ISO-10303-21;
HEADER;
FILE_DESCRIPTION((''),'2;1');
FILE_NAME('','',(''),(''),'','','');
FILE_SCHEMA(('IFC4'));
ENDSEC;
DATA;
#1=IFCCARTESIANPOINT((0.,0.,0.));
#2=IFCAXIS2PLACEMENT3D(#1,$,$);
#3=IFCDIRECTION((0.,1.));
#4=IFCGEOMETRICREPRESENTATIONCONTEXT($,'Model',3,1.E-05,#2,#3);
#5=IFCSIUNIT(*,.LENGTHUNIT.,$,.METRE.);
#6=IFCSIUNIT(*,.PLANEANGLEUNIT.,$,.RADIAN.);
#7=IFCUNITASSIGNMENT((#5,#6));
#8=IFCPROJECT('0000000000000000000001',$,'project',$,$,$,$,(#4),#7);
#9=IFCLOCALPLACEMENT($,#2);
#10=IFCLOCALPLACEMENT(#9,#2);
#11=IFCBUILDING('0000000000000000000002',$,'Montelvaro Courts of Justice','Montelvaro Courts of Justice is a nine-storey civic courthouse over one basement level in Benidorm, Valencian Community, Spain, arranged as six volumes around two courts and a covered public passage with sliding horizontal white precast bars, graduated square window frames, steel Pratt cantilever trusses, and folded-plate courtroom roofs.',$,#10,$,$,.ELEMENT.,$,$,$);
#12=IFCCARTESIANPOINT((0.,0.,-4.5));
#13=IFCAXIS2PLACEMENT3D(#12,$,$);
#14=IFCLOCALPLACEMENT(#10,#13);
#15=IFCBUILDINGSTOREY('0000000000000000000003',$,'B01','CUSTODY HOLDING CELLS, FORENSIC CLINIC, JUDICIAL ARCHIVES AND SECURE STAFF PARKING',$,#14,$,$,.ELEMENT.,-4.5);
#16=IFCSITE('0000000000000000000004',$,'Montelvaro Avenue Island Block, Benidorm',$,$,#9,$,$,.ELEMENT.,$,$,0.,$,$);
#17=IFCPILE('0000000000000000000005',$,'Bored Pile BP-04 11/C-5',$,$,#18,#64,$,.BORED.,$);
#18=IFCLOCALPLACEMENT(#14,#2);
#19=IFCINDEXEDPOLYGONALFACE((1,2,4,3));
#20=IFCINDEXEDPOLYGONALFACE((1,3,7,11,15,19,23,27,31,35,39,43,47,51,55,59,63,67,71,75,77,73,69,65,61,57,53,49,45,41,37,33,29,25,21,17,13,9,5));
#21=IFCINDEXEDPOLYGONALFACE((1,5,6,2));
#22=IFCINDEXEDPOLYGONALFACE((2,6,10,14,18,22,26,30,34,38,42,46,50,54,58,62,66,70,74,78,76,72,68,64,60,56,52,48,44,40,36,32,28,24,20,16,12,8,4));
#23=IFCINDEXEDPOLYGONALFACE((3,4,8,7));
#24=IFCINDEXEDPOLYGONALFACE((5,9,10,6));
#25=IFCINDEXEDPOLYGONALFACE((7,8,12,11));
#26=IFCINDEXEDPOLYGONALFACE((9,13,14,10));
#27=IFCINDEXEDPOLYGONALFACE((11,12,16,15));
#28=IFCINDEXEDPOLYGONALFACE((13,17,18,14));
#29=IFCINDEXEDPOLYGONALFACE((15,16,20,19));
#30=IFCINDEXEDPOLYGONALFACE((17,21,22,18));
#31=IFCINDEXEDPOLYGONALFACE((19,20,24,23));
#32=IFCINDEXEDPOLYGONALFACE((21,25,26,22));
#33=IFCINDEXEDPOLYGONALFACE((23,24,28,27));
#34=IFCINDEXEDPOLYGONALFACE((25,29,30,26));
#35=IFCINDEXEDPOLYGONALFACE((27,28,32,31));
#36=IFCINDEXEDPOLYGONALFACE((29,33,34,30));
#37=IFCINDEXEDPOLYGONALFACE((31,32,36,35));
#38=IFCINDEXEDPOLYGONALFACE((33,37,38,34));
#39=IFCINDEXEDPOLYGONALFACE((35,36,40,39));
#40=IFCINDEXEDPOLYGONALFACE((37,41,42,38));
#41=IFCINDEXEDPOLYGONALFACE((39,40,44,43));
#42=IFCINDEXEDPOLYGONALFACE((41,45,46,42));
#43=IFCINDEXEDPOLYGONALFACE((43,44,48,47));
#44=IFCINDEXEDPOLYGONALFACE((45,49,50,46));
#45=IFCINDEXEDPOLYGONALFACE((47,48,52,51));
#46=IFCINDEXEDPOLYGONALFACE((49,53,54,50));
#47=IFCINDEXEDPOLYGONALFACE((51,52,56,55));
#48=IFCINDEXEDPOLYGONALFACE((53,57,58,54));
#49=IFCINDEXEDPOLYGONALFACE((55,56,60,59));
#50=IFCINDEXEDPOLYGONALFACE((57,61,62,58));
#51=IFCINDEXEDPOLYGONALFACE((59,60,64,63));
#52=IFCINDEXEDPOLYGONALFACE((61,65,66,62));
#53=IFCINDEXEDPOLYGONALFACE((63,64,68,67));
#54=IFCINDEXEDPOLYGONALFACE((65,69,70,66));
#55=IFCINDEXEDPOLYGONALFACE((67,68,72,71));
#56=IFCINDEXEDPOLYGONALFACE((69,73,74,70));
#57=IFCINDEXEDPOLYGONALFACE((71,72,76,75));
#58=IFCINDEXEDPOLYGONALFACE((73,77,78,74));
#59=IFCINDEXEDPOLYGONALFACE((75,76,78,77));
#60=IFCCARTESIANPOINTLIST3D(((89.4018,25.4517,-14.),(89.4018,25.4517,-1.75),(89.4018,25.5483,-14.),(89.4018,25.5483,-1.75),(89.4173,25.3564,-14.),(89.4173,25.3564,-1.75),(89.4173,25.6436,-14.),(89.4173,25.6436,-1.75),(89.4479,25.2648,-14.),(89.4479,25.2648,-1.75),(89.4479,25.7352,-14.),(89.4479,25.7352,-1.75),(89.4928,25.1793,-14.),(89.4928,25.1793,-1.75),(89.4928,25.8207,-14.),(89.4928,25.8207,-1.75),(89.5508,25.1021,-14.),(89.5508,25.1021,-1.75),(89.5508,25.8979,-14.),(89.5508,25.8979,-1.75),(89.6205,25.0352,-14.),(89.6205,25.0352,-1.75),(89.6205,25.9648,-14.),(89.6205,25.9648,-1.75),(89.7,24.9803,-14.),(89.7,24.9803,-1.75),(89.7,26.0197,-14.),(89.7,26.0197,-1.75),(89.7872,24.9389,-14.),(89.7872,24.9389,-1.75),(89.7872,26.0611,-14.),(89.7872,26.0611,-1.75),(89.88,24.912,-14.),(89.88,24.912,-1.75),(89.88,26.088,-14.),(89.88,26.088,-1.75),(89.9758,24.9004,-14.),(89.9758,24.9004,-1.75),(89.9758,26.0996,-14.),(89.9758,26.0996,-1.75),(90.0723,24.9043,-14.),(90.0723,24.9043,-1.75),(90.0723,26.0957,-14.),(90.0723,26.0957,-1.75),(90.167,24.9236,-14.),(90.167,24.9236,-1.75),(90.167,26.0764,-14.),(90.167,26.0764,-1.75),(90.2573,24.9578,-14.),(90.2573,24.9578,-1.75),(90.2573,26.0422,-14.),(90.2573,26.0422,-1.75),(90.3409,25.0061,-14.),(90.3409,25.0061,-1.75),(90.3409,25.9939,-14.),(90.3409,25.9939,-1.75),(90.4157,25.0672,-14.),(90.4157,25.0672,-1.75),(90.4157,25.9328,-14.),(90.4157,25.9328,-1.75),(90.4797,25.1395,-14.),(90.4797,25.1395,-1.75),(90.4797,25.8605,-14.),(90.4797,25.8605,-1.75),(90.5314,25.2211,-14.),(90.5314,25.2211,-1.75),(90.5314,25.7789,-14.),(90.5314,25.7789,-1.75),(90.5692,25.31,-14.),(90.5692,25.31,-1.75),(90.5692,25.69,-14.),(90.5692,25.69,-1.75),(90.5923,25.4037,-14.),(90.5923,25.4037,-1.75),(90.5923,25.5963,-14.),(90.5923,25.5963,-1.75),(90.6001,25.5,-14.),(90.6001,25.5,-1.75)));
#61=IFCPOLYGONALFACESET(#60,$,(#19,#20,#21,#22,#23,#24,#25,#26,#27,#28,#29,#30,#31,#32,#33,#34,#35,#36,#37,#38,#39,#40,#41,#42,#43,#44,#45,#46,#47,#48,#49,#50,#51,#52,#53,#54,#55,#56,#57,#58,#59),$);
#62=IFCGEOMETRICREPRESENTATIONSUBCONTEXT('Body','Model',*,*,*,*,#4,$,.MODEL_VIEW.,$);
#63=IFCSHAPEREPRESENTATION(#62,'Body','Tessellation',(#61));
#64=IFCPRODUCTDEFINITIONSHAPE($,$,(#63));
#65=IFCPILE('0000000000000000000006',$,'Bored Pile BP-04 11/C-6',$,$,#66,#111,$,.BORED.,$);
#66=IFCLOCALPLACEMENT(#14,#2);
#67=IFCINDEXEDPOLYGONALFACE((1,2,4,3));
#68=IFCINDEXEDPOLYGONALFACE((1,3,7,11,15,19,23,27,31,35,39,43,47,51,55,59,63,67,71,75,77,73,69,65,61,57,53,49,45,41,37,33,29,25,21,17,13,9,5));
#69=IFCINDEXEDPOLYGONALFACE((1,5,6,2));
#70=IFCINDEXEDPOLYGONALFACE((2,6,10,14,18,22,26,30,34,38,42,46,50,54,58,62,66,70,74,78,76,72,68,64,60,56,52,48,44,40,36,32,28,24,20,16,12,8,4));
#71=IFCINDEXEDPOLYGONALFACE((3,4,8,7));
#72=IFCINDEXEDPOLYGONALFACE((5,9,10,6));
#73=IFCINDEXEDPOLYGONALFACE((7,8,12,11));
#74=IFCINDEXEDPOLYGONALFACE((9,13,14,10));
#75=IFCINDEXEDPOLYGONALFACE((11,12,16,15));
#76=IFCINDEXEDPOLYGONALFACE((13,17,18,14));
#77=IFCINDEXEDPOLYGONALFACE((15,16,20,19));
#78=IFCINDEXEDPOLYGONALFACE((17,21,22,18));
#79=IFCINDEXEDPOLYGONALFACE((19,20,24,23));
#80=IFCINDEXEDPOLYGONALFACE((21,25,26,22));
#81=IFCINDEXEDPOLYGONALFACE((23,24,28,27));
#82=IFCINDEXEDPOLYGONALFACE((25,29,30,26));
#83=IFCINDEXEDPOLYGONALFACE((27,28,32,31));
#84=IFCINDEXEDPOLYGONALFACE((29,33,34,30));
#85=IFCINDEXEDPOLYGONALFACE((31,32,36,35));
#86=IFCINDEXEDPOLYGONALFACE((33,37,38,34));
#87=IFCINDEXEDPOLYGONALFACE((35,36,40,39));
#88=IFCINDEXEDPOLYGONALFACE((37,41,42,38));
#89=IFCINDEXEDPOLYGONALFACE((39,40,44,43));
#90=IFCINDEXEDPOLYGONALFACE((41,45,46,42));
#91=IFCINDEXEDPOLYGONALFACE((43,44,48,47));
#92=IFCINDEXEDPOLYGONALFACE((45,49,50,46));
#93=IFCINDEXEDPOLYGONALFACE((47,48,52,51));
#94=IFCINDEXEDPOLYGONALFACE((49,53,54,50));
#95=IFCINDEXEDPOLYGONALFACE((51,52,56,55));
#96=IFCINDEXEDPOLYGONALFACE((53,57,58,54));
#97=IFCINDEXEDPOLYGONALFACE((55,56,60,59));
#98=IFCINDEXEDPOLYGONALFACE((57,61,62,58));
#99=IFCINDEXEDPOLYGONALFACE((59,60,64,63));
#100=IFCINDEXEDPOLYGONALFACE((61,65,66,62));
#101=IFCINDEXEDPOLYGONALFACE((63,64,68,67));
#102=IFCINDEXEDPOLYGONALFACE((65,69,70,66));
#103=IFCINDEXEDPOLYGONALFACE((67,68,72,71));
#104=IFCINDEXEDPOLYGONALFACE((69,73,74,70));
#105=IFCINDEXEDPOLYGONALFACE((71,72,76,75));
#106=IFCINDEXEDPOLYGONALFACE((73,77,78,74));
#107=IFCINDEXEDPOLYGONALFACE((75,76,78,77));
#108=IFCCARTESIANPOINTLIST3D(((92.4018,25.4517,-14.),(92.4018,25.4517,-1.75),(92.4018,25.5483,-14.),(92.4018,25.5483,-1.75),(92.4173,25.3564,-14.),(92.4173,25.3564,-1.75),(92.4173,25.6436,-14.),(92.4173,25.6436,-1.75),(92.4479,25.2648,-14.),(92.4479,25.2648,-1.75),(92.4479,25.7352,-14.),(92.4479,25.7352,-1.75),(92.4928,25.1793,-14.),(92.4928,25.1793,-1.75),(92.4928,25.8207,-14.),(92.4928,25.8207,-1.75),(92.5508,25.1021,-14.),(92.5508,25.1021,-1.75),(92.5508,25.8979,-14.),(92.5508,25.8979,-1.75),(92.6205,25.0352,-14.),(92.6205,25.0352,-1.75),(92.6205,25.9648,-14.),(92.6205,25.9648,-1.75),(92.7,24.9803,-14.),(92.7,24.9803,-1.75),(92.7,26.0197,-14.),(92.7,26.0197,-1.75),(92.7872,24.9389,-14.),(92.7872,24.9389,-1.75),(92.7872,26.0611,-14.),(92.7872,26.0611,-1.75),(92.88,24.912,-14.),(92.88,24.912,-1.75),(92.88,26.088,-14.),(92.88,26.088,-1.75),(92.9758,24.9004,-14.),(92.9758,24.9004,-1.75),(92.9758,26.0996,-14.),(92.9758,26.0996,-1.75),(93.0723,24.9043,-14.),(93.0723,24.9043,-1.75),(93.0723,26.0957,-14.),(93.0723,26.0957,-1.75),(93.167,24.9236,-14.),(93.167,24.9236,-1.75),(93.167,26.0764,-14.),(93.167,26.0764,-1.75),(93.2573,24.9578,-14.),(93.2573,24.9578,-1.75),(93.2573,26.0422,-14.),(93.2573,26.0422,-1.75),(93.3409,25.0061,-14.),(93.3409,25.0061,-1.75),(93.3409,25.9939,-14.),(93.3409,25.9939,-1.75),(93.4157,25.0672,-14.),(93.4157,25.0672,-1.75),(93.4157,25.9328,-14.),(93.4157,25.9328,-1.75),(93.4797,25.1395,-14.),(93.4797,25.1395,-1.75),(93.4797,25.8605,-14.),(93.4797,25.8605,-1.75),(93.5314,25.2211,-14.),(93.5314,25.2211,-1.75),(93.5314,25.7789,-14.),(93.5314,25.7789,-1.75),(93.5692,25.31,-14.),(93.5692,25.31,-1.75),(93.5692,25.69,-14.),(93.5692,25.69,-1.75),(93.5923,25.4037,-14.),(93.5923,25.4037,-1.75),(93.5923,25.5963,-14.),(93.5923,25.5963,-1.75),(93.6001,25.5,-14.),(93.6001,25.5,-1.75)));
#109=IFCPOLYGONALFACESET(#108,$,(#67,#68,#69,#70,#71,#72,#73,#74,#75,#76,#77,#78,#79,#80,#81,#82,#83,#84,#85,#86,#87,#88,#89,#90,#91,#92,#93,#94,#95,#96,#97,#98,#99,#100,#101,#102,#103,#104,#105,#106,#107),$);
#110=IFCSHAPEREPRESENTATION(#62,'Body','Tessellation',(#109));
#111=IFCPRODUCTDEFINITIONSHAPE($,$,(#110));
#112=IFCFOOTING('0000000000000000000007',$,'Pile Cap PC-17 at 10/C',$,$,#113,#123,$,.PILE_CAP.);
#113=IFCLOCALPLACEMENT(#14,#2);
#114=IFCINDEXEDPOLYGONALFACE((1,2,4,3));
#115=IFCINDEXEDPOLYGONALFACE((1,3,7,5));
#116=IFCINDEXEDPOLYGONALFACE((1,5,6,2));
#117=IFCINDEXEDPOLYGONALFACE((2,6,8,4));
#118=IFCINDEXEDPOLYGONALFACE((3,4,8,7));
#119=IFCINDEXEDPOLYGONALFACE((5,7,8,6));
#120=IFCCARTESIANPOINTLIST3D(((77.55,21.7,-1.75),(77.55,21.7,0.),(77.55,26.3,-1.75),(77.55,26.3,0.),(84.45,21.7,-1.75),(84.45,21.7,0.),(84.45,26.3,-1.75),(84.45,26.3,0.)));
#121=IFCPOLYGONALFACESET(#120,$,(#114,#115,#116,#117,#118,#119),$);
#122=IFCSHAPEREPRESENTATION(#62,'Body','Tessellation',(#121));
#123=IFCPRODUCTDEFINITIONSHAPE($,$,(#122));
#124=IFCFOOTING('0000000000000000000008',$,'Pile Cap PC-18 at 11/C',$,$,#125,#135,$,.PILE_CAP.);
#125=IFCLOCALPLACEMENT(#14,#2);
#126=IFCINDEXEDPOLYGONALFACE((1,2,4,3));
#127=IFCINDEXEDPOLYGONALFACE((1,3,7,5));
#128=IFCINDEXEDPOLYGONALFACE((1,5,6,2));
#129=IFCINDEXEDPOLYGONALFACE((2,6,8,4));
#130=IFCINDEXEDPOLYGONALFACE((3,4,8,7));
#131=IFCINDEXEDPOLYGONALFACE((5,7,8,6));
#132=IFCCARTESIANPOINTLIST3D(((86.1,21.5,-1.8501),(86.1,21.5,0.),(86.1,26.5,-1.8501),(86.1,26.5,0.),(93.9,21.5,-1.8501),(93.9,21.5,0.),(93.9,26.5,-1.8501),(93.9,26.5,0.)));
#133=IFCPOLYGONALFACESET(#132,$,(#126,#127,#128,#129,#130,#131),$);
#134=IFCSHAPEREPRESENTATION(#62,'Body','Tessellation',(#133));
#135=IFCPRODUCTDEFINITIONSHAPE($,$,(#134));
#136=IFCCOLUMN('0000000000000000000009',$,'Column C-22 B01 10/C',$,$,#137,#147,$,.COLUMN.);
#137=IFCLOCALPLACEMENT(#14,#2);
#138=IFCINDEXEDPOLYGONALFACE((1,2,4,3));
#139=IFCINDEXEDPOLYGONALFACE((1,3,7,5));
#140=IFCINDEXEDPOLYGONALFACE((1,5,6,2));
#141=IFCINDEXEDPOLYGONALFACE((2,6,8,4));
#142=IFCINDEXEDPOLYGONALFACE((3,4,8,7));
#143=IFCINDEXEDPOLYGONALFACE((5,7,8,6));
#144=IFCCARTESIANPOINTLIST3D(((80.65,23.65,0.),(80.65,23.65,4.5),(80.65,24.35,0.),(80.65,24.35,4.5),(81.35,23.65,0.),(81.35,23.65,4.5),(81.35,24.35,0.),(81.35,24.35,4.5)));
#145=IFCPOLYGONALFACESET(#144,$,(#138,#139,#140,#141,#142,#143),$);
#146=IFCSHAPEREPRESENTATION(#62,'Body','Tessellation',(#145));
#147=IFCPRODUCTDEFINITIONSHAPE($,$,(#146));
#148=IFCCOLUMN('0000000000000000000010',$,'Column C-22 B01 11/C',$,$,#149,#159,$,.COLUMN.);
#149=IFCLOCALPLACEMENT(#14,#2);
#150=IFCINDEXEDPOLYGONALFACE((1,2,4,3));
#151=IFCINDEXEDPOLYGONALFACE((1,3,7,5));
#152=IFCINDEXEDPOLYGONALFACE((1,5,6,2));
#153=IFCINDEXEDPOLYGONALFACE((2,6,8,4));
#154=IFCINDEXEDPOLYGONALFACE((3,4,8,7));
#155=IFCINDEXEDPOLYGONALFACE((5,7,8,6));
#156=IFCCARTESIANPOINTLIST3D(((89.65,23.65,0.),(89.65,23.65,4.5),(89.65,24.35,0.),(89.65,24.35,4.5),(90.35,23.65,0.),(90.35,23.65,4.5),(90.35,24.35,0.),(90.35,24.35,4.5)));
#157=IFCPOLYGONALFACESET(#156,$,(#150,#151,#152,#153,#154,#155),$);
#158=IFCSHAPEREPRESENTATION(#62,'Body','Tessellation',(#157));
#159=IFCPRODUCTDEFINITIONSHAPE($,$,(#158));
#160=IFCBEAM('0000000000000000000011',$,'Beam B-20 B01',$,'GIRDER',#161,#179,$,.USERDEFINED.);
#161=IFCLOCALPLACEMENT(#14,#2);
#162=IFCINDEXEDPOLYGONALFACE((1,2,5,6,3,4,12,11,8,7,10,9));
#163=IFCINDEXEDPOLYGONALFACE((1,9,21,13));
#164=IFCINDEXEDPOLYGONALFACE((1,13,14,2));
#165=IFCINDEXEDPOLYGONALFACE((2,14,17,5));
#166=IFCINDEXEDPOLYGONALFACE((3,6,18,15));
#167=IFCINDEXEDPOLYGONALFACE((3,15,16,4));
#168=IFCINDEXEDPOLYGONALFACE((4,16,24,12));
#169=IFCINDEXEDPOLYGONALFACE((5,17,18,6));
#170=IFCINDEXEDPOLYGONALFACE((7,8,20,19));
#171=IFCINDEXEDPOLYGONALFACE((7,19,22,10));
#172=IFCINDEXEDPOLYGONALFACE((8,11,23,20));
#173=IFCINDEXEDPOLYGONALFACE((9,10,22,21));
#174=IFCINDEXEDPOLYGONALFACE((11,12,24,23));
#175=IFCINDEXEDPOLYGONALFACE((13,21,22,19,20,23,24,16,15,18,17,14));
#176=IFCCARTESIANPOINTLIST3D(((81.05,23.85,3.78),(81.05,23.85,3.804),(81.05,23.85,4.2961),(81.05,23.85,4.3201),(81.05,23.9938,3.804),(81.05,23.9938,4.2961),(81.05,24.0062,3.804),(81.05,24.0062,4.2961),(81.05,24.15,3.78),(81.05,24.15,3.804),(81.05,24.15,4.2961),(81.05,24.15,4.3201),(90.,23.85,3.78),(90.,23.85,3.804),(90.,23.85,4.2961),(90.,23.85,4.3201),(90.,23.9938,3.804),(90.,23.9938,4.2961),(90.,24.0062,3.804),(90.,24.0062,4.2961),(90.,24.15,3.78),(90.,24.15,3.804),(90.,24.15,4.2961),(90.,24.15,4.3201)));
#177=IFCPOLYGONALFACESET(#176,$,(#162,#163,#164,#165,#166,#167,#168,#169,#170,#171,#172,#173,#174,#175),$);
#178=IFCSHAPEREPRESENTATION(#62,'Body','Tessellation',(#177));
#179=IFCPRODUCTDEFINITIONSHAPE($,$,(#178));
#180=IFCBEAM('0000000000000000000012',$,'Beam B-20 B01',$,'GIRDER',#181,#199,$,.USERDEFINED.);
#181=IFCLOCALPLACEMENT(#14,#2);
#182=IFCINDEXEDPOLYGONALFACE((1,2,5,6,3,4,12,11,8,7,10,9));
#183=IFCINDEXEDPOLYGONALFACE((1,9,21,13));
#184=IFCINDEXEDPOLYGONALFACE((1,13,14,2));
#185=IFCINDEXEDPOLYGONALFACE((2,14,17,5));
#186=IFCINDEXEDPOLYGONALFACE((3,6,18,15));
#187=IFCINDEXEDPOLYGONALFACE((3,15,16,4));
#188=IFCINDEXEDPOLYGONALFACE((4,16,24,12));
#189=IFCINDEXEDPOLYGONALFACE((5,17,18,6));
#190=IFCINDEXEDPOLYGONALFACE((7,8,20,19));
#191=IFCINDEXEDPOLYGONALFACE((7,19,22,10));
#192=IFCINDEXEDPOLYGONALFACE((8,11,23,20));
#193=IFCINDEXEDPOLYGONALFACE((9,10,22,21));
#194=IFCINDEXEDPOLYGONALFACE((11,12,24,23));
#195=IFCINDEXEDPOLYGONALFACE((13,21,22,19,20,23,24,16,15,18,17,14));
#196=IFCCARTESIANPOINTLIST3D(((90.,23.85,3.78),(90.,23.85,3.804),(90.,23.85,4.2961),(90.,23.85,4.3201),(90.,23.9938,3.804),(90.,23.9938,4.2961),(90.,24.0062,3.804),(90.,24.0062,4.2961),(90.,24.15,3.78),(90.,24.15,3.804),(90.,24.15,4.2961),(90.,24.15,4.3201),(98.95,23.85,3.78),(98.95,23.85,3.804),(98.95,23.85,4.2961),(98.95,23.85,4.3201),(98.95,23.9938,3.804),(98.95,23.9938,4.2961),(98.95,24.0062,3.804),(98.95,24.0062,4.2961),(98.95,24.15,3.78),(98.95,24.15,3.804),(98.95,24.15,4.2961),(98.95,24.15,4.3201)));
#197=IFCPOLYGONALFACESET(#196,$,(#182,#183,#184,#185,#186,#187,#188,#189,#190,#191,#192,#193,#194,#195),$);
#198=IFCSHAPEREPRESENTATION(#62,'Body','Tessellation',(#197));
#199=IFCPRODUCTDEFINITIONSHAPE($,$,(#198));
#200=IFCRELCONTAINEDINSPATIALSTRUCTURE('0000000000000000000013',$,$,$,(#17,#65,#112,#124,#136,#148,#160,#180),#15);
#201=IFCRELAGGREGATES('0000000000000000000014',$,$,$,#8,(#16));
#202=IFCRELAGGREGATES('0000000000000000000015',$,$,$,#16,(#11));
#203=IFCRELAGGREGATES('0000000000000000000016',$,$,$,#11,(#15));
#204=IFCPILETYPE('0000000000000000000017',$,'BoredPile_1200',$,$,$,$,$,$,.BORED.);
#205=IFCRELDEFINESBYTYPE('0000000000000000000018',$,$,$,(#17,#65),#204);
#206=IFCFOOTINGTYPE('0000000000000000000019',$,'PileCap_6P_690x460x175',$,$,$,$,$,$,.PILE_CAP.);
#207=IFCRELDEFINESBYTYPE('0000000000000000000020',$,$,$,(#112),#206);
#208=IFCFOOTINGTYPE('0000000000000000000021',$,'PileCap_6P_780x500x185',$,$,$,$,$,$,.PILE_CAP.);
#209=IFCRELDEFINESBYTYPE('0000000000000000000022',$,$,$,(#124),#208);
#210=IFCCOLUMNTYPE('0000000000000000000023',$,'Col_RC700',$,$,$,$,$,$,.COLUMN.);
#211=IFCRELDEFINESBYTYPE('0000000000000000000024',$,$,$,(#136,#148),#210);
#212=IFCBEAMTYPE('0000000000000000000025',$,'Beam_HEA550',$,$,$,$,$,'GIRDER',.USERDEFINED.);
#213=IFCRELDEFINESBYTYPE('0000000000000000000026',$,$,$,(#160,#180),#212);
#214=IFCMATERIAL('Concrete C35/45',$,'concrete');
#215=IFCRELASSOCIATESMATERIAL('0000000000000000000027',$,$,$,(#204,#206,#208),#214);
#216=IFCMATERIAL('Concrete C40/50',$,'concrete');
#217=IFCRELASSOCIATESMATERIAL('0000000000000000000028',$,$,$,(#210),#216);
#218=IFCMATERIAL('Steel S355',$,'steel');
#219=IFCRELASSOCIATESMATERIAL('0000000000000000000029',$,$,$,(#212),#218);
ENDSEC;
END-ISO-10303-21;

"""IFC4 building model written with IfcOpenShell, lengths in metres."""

from ifc_helpers import new_model, si_unit, direction, frame, origin, origin_2d, place, context, subcontext, project, spatial, rectangle, circle, i_section, extrude, material, material_profile, profile_set, type_object, element, save


model = new_model("IFC4")

# Units and contexts
model_context = context("Model", 3, precision=1e-05, world=origin(), true_north=direction((0.0, 1.0)))
body_context = subcontext(model_context, "Body", "Model", "MODEL_VIEW")
ifc_project = project(units=[si_unit("LENGTHUNIT", "METRE"), si_unit("PLANEANGLEUNIT", "RADIAN")], contexts=[model_context])

# Site, building, storey
site_placement = place(None, origin())
site = spatial("IfcSite", under=ifc_project, at=site_placement, Name="Montelvaro Avenue Island Block, Benidorm", CompositionType="ELEMENT", RefElevation=0.0)
building_placement = place(site_placement, origin())
building = spatial("IfcBuilding", under=site, at=building_placement, Name="Montelvaro Courts of Justice", Description="Montelvaro Courts of Justice is a nine-storey civic courthouse over one basement level in Benidorm, Valencian Community, Spain, arranged as six volumes around two courts and a covered public passage with sliding horizontal white precast bars, graduated square window frames, steel Pratt cantilever trusses, and folded-plate courtroom roofs.", CompositionType="ELEMENT")
storey_placement = place(building_placement, frame((0.0, 0.0, -4.5)))
storey = spatial("IfcBuildingStorey", under=building, at=storey_placement, Name="B01", Description="CUSTODY HOLDING CELLS, FORENSIC CLINIC, JUDICIAL ARCHIVES AND SECURE STAFF PARKING", CompositionType="ELEMENT", Elevation=-4.5)

# Piles
ifc_material_1 = material(Name="Concrete C35/45", Category="concrete")
ifc_material_profile_1 = material_profile(ifc_material_1, circle(Radius=0.6001, at=origin_2d()), Name="BORED PILE D1200")
ifc_profile_set_1 = profile_set([ifc_material_profile_1], Name="Concrete C35/45")
pile_type_1 = type_object("IfcPileType", Name="BoredPile_1200", PredefinedType="BORED", material=ifc_profile_set_1)
for number, where, z_axis, x_axis, name in (
    (1, (90.0, 25.5, -1.75), (0.0, 0.0, -1.0), (1.0, 0.0, 0.0), "Bored Pile BP-04 11/C-5"),
    (2, (93.0, 25.5, -1.75), (0.0, 0.0, -1.0), (1.0, 0.0, 0.0), "Bored Pile BP-04 11/C-6"),
):
    element("IfcPile", number, at=place(storey_placement, frame(where, z_axis=z_axis, x_axis=x_axis)), inside=storey, type_object=pile_type_1, Name=name, PredefinedType="BORED", context=body_context, shape_type="SweptSolid", body=[
        extrude(circle(Radius=0.6001, at=origin_2d()), origin(), (0.0, 0.0, 1.0), 12.25),
    ])

# Footings
footing_type_1 = type_object("IfcFootingType", Name="PileCap_6P_690x460x175", PredefinedType="PILE_CAP", material=ifc_material_1)
footing_1_placement = place(storey_placement, frame((81.0, 24.0, -1.75), z_axis=(0.0, 0.0, 1.0), x_axis=(1.0, 0.0, 0.0)))
element("IfcFooting", 3, at=footing_1_placement, inside=storey, type_object=footing_type_1, Name="Pile Cap PC-17 at 10/C", PredefinedType="PILE_CAP", context=body_context, shape_type="SweptSolid", body=[
    extrude(rectangle(XDim=6.8999, YDim=4.6001, at=origin_2d()), origin(), (0.0, 0.0, 1.0), 1.75),
])
footing_type_2 = type_object("IfcFootingType", Name="PileCap_6P_780x500x185", PredefinedType="PILE_CAP", material=ifc_material_1)
footing_2_placement = place(storey_placement, frame((90.0, 24.0, -1.8501), z_axis=(0.0, 0.0, 1.0), x_axis=(1.0, 0.0, 0.0)))
element("IfcFooting", 4, at=footing_2_placement, inside=storey, type_object=footing_type_2, Name="Pile Cap PC-18 at 11/C", PredefinedType="PILE_CAP", context=body_context, shape_type="SweptSolid", body=[
    extrude(rectangle(XDim=7.8, YDim=5.0, at=origin_2d()), origin(), (0.0, 0.0, 1.0), 1.8501),
])

# Columns
ifc_material_2 = material(Name="Concrete C40/50", Category="concrete")
ifc_material_profile_2 = material_profile(ifc_material_2, rectangle(XDim=0.7, YDim=0.7, at=origin_2d()), Name="RC 700x700")
ifc_profile_set_2 = profile_set([ifc_material_profile_2], Name="Concrete C40/50")
column_type = type_object("IfcColumnType", Name="Col_RC700", PredefinedType="COLUMN", material=ifc_profile_set_2)
for number, where, z_axis, x_axis, name in (
    (5, (81.0, 24.0, 0.0), (0.0, 0.0, 1.0), (1.0, 0.0, 0.0), "Column C-22 B01 10/C"),
    (6, (90.0, 24.0, 0.0), (0.0, 0.0, 1.0), (1.0, 0.0, 0.0), "Column C-22 B01 11/C"),
):
    element("IfcColumn", number, at=place(storey_placement, frame(where, z_axis=z_axis, x_axis=x_axis)), inside=storey, type_object=column_type, Name=name, PredefinedType="COLUMN", context=body_context, shape_type="SweptSolid", body=[
        extrude(rectangle(XDim=0.7, YDim=0.7, at=origin_2d()), origin(), (0.0, 0.0, 1.0), 4.5),
    ])

# Beams
ifc_material_3 = material(Name="Steel S355", Category="steel")
ifc_material_profile_3 = material_profile(ifc_material_3, i_section(OverallWidth=0.3, OverallDepth=0.54, WebThickness=0.0125, FlangeThickness=0.0239, at=origin_2d()), Name="HEA 550")
ifc_profile_set_3 = profile_set([ifc_material_profile_3], Name="Steel S355")
beam_type_1 = type_object("IfcBeamType", Name="Beam_HEA550", ElementType="GIRDER", PredefinedType="USERDEFINED", material=ifc_profile_set_3)
for number, where, z_axis, x_axis, name in (
    (7, (81.05, 24.0, 4.05), (1.0, 0.0, 0.0), (0.0, 1.0, 0.0), "Beam B-20 B01"),
    (8, (90.0, 24.0, 4.05), (1.0, 0.0, 0.0), (0.0, 1.0, 0.0), "Beam B-20 B01"),
):
    element("IfcBeam", number, at=place(storey_placement, frame(where, z_axis=z_axis, x_axis=x_axis)), inside=storey, type_object=beam_type_1, Name=name, ObjectType="GIRDER", PredefinedType="USERDEFINED", context=body_context, shape_type="SweptSolid", body=[
        extrude(i_section(OverallWidth=0.3, OverallDepth=0.54, WebThickness=0.0125, FlangeThickness=0.0239, at=origin_2d()), origin(), (0.0, 0.0, 1.0), 8.95),
    ])

save(model, "model.ifc")
